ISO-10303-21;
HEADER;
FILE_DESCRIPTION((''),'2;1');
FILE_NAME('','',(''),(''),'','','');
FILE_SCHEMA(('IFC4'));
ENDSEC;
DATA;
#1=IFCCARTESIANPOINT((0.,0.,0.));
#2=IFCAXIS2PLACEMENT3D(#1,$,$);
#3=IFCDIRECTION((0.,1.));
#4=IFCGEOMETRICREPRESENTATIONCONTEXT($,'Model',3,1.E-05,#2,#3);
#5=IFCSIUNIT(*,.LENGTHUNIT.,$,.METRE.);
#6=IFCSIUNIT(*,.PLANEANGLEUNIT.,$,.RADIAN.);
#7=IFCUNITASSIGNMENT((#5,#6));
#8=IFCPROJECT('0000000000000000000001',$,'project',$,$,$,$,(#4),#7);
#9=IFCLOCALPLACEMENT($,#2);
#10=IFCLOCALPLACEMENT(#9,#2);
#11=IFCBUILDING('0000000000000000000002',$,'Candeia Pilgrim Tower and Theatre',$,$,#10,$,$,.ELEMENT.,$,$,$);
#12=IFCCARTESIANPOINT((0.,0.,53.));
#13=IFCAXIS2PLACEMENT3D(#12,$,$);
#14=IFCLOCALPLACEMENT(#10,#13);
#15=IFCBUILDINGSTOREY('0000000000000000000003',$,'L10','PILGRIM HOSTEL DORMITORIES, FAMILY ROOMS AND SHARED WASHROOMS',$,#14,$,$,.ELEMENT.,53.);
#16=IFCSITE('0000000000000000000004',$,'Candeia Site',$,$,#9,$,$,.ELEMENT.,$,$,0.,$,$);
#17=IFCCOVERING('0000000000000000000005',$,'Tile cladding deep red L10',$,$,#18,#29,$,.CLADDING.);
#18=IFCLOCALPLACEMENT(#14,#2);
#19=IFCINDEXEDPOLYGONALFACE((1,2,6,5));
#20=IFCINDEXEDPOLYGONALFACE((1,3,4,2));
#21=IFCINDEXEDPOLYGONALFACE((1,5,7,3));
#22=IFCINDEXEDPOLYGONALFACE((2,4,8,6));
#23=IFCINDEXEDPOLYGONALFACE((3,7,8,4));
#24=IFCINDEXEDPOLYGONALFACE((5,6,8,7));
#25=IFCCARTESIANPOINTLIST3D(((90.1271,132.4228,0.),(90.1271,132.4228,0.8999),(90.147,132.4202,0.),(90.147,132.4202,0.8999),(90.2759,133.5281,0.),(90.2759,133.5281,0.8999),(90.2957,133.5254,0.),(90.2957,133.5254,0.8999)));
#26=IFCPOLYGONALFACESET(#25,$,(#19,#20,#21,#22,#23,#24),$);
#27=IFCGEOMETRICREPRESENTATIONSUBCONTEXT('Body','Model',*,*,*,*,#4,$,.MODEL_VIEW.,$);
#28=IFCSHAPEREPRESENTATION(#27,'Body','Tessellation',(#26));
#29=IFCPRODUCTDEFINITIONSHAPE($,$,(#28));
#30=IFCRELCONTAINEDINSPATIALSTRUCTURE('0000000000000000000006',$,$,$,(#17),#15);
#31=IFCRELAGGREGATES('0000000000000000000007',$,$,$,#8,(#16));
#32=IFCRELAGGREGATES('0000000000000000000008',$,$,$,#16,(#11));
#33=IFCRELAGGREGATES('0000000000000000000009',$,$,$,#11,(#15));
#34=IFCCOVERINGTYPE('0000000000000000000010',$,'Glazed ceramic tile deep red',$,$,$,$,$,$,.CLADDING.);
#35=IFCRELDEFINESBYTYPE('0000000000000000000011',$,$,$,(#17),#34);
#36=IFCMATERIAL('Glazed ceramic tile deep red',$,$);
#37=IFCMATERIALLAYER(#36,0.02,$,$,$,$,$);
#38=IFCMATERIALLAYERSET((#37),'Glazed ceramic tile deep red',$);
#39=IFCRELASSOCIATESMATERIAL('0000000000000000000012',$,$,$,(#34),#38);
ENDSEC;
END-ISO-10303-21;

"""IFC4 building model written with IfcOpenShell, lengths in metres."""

from ifc_helpers import new_model, si_unit, direction, frame, origin, origin_2d, place, context, subcontext, project, spatial, rectangle, extrude, material, layer, layer_set, type_object, element, save


model = new_model("IFC4")

# Units and contexts
model_context = context("Model", 3, precision=1e-05, world=origin(), true_north=direction((0.0, 1.0)))
body_context = subcontext(model_context, "Body", "Model", "MODEL_VIEW")
ifc_project = project(units=[si_unit("LENGTHUNIT", "METRE"), si_unit("PLANEANGLEUNIT", "RADIAN")], contexts=[model_context])

# Site, building, storey
site_placement = place(None, origin())
site = spatial("IfcSite", under=ifc_project, at=site_placement, Name="Candeia Site", CompositionType="ELEMENT", RefElevation=0.0)
building_placement = place(site_placement, origin())
building = spatial("IfcBuilding", under=site, at=building_placement, Name="Candeia Pilgrim Tower and Theatre", CompositionType="ELEMENT")
storey_placement = place(building_placement, frame((0.0, 0.0, 53.0)))
storey = spatial("IfcBuildingStorey", under=building, at=storey_placement, Name="L10", Description="PILGRIM HOSTEL DORMITORIES, FAMILY ROOMS AND SHARED WASHROOMS", CompositionType="ELEMENT", Elevation=53.0)

# Covering
ifc_material_1 = material(Name="Glazed ceramic tile deep red")
ifc_layer_1 = layer(ifc_material_1, 0.02)
ifc_layer_set_1 = layer_set([ifc_layer_1], Name="Glazed ceramic tile deep red")
covering_type = type_object("IfcCoveringType", Name="Glazed ceramic tile deep red", PredefinedType="CLADDING", material=ifc_layer_set_1)
covering_1_placement = place(storey_placement, frame((90.2114, 132.9741, 0.0), z_axis=(0.0, 0.0, 1.0), x_axis=(-0.133412, -0.991061, 0.0)))
element("IfcCovering", 1, at=covering_1_placement, inside=storey, type_object=covering_type, Name="Tile cladding deep red L10", PredefinedType="CLADDING", context=body_context, shape_type="SweptSolid", body=[
    extrude(rectangle(XDim=1.1152, YDim=0.02, at=origin_2d()), origin(), (0.0, 0.0, 1.0), 0.8999),
])

save(model, "model.ifc")
